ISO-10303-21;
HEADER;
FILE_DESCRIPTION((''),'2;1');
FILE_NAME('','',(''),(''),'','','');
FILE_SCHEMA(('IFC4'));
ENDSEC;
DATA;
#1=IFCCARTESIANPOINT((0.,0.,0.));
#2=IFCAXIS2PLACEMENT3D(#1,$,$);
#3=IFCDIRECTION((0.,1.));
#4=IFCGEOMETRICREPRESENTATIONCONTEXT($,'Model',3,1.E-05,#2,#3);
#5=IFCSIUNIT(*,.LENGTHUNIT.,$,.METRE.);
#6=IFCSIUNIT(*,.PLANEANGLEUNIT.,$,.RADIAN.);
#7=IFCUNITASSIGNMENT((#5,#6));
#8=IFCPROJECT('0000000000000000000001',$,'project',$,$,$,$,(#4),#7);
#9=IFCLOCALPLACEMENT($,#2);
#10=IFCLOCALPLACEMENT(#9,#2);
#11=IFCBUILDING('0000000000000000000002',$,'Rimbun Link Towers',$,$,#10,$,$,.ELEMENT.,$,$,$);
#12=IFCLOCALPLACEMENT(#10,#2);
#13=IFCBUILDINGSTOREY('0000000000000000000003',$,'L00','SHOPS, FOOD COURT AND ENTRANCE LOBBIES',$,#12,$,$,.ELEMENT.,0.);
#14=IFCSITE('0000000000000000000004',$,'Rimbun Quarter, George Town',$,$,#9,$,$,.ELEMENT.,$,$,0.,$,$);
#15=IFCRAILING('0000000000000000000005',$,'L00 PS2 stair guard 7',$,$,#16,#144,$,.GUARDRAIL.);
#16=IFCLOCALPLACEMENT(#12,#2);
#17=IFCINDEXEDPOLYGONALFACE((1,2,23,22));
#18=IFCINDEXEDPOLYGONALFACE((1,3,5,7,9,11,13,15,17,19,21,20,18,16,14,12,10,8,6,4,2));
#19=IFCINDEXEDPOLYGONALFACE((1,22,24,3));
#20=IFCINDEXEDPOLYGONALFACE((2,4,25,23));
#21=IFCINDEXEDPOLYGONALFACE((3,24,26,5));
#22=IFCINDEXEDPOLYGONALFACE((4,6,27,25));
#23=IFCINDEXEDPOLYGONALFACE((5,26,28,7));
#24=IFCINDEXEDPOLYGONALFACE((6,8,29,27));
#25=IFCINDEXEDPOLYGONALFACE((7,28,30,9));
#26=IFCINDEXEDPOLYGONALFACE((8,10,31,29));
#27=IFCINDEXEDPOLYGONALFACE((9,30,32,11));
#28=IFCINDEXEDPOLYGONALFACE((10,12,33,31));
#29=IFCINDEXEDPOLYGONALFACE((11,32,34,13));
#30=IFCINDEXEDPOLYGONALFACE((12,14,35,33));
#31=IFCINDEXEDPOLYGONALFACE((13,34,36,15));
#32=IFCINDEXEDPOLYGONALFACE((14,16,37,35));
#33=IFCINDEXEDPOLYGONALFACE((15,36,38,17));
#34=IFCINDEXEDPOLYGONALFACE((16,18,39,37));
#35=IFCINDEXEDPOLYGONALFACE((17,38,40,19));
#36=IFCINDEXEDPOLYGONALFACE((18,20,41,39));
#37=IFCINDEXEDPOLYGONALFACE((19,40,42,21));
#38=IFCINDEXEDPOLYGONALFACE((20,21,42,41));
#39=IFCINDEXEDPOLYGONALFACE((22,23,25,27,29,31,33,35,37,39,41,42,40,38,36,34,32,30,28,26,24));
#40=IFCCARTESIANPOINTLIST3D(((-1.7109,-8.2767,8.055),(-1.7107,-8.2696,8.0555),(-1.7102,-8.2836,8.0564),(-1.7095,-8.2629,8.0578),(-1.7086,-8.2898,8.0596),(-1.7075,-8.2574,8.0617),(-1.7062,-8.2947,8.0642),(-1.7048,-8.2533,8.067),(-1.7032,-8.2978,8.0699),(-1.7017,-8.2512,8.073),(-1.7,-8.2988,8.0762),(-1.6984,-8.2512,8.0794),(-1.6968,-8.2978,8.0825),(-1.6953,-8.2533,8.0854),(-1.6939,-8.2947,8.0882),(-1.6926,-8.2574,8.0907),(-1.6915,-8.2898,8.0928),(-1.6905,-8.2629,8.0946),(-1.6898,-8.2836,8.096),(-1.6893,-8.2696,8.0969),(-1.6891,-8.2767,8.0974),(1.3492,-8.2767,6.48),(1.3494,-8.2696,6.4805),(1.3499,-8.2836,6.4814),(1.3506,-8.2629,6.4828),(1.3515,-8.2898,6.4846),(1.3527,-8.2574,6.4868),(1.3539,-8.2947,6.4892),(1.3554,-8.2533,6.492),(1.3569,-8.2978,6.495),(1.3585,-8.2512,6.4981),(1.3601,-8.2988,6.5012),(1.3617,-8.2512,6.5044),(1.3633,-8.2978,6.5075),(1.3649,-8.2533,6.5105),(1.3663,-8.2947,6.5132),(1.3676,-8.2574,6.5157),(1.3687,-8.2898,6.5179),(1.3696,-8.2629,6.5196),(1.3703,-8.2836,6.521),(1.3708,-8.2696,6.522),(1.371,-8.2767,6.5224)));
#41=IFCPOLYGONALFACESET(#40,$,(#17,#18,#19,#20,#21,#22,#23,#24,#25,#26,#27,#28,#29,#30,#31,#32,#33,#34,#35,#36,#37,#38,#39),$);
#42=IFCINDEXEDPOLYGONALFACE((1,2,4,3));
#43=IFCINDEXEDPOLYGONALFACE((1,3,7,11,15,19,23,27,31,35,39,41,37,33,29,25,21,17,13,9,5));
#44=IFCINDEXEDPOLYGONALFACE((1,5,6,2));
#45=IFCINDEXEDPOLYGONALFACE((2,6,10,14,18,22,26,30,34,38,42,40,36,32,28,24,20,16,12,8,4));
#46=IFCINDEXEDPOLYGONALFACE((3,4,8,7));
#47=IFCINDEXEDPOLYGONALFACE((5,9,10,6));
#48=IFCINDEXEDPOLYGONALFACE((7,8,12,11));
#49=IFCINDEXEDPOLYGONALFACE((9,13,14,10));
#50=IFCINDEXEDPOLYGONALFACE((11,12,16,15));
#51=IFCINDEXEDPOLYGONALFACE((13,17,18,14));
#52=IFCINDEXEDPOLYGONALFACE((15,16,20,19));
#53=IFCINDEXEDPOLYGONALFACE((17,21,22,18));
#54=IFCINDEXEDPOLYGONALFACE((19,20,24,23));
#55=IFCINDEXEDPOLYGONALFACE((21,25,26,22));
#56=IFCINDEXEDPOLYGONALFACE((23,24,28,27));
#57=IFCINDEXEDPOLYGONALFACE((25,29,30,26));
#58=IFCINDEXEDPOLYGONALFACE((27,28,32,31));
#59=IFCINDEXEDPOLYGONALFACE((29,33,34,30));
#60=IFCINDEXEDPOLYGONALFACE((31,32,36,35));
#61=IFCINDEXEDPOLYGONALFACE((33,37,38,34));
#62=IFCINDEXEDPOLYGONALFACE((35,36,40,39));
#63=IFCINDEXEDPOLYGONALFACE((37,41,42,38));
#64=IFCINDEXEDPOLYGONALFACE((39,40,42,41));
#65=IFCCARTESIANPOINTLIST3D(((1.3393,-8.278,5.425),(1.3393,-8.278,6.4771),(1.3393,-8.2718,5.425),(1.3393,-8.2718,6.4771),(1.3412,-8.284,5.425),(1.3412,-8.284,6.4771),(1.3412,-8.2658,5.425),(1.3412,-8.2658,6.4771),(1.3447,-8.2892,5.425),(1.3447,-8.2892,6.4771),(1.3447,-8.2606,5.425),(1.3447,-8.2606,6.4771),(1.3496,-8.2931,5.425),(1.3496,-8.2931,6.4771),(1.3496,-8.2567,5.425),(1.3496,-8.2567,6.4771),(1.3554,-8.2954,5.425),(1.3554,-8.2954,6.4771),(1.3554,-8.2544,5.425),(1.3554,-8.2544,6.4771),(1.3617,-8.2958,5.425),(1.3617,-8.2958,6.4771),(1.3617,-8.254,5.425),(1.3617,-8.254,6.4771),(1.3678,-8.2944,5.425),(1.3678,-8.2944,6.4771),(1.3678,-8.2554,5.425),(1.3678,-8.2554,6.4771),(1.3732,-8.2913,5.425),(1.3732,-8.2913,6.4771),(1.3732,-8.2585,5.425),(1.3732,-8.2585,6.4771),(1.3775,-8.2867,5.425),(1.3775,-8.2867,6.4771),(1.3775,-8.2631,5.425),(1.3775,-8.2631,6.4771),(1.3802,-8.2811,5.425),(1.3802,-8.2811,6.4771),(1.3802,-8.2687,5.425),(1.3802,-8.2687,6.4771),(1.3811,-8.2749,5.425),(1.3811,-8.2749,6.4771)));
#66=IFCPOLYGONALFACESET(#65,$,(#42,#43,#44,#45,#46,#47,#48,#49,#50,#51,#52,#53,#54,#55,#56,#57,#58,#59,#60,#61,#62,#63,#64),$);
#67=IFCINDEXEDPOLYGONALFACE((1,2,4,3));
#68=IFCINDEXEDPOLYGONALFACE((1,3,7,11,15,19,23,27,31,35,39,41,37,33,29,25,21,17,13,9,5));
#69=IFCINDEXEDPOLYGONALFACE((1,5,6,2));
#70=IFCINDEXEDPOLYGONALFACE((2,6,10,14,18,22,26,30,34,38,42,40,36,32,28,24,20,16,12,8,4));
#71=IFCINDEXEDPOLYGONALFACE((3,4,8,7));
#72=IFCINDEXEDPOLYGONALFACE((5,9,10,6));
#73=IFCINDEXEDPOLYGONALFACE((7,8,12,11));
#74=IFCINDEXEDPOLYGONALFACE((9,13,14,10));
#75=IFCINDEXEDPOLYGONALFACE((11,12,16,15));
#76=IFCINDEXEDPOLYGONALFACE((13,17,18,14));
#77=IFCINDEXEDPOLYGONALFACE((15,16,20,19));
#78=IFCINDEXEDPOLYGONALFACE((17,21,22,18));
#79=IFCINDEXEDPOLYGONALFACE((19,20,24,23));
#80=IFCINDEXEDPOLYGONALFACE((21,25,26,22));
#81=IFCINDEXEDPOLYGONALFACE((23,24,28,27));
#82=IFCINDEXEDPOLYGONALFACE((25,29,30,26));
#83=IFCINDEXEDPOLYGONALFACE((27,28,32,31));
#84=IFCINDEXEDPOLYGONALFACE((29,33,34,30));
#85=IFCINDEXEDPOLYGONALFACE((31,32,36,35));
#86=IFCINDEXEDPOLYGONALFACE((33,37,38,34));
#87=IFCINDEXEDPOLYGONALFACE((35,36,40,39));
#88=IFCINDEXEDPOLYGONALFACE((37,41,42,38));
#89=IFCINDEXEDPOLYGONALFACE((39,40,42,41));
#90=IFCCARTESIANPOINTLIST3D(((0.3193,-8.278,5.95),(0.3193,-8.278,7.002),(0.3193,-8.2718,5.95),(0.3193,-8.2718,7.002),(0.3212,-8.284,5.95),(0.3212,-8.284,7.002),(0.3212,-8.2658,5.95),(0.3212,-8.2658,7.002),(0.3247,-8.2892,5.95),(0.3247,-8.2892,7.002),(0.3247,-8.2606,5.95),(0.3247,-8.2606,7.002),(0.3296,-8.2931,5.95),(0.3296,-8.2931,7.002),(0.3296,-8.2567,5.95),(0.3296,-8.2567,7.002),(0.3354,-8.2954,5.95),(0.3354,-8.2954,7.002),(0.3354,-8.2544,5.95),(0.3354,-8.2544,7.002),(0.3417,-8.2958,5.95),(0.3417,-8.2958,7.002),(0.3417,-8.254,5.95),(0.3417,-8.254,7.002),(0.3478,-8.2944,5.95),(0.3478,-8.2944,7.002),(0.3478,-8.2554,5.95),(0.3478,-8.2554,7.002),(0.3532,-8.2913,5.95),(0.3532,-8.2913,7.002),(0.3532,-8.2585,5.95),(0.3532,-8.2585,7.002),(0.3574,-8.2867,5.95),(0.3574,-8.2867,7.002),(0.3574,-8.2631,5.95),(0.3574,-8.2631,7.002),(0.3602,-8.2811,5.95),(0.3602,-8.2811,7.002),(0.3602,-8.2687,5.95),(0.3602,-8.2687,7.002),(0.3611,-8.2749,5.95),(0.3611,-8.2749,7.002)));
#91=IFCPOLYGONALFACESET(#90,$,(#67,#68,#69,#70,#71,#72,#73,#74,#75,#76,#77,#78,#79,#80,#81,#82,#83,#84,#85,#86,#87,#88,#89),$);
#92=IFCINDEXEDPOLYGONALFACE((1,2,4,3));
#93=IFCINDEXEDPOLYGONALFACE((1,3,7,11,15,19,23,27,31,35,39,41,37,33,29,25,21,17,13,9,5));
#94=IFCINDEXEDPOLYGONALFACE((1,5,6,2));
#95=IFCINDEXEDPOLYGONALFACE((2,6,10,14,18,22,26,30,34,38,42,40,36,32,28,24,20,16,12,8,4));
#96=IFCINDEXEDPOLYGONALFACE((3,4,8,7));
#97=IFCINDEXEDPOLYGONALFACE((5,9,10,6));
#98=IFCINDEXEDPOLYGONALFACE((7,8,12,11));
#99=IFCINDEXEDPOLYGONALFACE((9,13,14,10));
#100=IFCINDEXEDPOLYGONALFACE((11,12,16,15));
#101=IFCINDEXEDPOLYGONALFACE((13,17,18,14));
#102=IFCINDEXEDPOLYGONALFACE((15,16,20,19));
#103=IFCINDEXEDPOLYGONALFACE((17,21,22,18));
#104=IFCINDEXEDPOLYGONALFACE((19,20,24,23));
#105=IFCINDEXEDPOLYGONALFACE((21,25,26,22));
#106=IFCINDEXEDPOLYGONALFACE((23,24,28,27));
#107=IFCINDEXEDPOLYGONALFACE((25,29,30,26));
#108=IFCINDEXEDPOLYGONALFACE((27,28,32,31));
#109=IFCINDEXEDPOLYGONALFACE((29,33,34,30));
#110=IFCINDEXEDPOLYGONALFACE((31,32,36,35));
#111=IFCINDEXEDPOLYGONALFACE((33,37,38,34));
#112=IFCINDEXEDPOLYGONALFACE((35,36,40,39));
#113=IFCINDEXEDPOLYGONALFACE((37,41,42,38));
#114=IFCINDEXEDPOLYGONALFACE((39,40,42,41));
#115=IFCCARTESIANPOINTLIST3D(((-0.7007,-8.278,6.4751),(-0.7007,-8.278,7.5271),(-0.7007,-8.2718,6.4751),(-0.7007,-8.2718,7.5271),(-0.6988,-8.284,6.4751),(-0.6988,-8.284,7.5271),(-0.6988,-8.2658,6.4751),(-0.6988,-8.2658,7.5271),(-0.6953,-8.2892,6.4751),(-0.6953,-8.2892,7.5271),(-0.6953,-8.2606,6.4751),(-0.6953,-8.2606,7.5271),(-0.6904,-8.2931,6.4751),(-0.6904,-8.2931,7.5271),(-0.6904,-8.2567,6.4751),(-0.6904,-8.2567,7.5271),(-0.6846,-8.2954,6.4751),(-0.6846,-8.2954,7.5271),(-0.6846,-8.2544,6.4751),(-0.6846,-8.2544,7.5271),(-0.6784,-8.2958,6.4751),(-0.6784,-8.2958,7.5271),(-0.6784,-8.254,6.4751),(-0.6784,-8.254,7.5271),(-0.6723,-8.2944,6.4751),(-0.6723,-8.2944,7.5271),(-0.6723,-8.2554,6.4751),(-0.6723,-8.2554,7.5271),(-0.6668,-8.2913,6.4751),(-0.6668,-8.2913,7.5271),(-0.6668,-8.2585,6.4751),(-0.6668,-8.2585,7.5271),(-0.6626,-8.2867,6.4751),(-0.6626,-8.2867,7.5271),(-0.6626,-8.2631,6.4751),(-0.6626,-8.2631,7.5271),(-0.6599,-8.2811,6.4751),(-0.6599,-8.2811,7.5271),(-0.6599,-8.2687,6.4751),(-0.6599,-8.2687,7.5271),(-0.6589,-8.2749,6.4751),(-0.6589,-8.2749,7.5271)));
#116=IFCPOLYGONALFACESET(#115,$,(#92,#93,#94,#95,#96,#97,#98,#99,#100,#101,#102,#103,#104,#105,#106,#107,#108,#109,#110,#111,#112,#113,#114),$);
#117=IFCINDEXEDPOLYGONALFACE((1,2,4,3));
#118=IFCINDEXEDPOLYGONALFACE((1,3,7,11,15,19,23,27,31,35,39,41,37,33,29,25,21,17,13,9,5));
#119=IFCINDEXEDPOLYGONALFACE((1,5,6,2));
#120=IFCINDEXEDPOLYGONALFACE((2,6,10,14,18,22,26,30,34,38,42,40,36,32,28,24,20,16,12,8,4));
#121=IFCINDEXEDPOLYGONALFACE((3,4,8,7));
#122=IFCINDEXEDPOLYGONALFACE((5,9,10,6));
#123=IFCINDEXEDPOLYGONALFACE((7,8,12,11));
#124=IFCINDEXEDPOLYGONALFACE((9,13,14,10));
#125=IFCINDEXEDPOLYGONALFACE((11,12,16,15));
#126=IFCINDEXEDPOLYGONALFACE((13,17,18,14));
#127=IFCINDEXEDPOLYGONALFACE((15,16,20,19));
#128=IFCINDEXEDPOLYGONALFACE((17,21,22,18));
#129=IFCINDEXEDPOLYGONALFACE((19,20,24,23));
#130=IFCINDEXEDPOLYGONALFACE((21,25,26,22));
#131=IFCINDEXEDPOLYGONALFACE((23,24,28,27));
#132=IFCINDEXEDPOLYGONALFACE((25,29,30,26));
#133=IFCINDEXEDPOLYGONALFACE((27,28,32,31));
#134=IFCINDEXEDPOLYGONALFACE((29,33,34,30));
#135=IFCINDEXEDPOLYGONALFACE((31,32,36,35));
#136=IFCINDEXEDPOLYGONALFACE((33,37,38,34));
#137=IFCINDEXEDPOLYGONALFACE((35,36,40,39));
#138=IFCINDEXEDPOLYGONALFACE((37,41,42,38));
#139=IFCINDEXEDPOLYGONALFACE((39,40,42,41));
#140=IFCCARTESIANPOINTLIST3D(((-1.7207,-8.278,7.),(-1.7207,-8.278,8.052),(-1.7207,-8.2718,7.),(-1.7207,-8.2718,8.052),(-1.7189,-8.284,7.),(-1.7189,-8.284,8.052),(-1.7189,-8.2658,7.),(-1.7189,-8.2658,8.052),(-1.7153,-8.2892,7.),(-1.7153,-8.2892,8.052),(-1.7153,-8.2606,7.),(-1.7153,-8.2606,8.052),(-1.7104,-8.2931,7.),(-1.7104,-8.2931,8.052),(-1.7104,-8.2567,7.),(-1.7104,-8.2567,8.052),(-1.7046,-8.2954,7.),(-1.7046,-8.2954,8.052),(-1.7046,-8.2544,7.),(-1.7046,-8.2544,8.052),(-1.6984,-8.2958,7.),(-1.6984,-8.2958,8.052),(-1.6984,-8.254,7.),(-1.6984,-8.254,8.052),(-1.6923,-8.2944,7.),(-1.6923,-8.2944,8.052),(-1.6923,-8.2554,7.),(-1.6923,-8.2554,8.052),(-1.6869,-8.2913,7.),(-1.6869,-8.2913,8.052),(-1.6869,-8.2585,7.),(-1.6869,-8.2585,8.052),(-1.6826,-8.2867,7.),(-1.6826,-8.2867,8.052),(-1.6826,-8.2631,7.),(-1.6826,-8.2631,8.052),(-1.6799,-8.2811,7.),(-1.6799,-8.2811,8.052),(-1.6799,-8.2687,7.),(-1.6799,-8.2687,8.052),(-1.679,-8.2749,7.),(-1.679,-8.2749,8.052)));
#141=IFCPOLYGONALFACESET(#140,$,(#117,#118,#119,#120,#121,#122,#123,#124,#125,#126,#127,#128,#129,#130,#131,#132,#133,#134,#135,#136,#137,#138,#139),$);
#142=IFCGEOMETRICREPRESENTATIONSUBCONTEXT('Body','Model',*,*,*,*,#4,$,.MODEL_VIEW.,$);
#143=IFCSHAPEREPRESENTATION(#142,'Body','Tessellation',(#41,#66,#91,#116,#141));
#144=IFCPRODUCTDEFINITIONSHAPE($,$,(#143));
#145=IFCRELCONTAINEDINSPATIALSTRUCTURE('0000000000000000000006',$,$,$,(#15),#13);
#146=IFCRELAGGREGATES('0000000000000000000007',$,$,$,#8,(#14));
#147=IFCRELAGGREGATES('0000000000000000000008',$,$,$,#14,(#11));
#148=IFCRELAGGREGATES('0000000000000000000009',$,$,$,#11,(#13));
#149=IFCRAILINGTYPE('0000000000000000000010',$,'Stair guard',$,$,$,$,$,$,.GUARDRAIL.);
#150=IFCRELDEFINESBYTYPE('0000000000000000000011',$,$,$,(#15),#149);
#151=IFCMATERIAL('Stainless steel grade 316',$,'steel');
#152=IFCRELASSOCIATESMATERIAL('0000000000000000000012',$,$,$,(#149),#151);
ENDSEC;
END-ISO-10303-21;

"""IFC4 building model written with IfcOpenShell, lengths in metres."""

from ifc_helpers import new_model, si_unit, direction, frame, origin, origin_2d, place, context, subcontext, project, spatial, circle, extrude, material, type_object, element, save


model = new_model("IFC4")

# Units and contexts
model_context = context("Model", 3, precision=1e-05, world=origin(), true_north=direction((0.0, 1.0)))
body_context = subcontext(model_context, "Body", "Model", "MODEL_VIEW")
ifc_project = project(units=[si_unit("LENGTHUNIT", "METRE"), si_unit("PLANEANGLEUNIT", "RADIAN")], contexts=[model_context])

# Site, building, storey
site_placement = place(None, origin())
site = spatial("IfcSite", under=ifc_project, at=site_placement, Name="Rimbun Quarter, George Town", CompositionType="ELEMENT", RefElevation=0.0)
building_placement = place(site_placement, origin())
building = spatial("IfcBuilding", under=site, at=building_placement, Name="Rimbun Link Towers", CompositionType="ELEMENT")
storey_placement = place(building_placement, origin())
storey = spatial("IfcBuildingStorey", under=building, at=storey_placement, Name="L00", Description="SHOPS, FOOD COURT AND ENTRANCE LOBBIES", CompositionType="ELEMENT", Elevation=0.0)

# Railing
ifc_material_1 = material(Name="Stainless steel grade 316", Category="steel")
railing_type_1 = type_object("IfcRailingType", Name="Stair guard", PredefinedType="GUARDRAIL", material=ifc_material_1)
railing_1_placement = place(storey_placement, frame((1.3601, -8.2749, 5.425)))
element("IfcRailing", 1, at=railing_1_placement, inside=storey, type_object=railing_type_1, Name="L00 PS2 stair guard 7", PredefinedType="GUARDRAIL", context=body_context, shape_type="SweptSolid", body=[
    extrude(circle(Radius=0.0239, at=origin_2d()), frame((0.0, 0.0, 1.0762), z_axis=(-0.889145, 0.0, 0.457625), x_axis=(0.0, -1.0, 0.0)), (0.0, 0.0, 1.0), 3.4417),
    extrude(circle(Radius=0.021, at=origin_2d()), origin(), (0.0, 0.0, 1.0), 1.052),
    extrude(circle(Radius=0.021, at=origin_2d()), frame((-1.02, 0.0, 0.5249)), (0.0, 0.0, 1.0), 1.052),
    extrude(circle(Radius=0.021, at=origin_2d()), frame((-2.04, 0.0, 1.05)), (0.0, 0.0, 1.0), 1.052),
    extrude(circle(Radius=0.021, at=origin_2d()), frame((-3.0601, 0.0, 1.575)), (0.0, 0.0, 1.0), 1.052),
])

save(model, "model.ifc")
